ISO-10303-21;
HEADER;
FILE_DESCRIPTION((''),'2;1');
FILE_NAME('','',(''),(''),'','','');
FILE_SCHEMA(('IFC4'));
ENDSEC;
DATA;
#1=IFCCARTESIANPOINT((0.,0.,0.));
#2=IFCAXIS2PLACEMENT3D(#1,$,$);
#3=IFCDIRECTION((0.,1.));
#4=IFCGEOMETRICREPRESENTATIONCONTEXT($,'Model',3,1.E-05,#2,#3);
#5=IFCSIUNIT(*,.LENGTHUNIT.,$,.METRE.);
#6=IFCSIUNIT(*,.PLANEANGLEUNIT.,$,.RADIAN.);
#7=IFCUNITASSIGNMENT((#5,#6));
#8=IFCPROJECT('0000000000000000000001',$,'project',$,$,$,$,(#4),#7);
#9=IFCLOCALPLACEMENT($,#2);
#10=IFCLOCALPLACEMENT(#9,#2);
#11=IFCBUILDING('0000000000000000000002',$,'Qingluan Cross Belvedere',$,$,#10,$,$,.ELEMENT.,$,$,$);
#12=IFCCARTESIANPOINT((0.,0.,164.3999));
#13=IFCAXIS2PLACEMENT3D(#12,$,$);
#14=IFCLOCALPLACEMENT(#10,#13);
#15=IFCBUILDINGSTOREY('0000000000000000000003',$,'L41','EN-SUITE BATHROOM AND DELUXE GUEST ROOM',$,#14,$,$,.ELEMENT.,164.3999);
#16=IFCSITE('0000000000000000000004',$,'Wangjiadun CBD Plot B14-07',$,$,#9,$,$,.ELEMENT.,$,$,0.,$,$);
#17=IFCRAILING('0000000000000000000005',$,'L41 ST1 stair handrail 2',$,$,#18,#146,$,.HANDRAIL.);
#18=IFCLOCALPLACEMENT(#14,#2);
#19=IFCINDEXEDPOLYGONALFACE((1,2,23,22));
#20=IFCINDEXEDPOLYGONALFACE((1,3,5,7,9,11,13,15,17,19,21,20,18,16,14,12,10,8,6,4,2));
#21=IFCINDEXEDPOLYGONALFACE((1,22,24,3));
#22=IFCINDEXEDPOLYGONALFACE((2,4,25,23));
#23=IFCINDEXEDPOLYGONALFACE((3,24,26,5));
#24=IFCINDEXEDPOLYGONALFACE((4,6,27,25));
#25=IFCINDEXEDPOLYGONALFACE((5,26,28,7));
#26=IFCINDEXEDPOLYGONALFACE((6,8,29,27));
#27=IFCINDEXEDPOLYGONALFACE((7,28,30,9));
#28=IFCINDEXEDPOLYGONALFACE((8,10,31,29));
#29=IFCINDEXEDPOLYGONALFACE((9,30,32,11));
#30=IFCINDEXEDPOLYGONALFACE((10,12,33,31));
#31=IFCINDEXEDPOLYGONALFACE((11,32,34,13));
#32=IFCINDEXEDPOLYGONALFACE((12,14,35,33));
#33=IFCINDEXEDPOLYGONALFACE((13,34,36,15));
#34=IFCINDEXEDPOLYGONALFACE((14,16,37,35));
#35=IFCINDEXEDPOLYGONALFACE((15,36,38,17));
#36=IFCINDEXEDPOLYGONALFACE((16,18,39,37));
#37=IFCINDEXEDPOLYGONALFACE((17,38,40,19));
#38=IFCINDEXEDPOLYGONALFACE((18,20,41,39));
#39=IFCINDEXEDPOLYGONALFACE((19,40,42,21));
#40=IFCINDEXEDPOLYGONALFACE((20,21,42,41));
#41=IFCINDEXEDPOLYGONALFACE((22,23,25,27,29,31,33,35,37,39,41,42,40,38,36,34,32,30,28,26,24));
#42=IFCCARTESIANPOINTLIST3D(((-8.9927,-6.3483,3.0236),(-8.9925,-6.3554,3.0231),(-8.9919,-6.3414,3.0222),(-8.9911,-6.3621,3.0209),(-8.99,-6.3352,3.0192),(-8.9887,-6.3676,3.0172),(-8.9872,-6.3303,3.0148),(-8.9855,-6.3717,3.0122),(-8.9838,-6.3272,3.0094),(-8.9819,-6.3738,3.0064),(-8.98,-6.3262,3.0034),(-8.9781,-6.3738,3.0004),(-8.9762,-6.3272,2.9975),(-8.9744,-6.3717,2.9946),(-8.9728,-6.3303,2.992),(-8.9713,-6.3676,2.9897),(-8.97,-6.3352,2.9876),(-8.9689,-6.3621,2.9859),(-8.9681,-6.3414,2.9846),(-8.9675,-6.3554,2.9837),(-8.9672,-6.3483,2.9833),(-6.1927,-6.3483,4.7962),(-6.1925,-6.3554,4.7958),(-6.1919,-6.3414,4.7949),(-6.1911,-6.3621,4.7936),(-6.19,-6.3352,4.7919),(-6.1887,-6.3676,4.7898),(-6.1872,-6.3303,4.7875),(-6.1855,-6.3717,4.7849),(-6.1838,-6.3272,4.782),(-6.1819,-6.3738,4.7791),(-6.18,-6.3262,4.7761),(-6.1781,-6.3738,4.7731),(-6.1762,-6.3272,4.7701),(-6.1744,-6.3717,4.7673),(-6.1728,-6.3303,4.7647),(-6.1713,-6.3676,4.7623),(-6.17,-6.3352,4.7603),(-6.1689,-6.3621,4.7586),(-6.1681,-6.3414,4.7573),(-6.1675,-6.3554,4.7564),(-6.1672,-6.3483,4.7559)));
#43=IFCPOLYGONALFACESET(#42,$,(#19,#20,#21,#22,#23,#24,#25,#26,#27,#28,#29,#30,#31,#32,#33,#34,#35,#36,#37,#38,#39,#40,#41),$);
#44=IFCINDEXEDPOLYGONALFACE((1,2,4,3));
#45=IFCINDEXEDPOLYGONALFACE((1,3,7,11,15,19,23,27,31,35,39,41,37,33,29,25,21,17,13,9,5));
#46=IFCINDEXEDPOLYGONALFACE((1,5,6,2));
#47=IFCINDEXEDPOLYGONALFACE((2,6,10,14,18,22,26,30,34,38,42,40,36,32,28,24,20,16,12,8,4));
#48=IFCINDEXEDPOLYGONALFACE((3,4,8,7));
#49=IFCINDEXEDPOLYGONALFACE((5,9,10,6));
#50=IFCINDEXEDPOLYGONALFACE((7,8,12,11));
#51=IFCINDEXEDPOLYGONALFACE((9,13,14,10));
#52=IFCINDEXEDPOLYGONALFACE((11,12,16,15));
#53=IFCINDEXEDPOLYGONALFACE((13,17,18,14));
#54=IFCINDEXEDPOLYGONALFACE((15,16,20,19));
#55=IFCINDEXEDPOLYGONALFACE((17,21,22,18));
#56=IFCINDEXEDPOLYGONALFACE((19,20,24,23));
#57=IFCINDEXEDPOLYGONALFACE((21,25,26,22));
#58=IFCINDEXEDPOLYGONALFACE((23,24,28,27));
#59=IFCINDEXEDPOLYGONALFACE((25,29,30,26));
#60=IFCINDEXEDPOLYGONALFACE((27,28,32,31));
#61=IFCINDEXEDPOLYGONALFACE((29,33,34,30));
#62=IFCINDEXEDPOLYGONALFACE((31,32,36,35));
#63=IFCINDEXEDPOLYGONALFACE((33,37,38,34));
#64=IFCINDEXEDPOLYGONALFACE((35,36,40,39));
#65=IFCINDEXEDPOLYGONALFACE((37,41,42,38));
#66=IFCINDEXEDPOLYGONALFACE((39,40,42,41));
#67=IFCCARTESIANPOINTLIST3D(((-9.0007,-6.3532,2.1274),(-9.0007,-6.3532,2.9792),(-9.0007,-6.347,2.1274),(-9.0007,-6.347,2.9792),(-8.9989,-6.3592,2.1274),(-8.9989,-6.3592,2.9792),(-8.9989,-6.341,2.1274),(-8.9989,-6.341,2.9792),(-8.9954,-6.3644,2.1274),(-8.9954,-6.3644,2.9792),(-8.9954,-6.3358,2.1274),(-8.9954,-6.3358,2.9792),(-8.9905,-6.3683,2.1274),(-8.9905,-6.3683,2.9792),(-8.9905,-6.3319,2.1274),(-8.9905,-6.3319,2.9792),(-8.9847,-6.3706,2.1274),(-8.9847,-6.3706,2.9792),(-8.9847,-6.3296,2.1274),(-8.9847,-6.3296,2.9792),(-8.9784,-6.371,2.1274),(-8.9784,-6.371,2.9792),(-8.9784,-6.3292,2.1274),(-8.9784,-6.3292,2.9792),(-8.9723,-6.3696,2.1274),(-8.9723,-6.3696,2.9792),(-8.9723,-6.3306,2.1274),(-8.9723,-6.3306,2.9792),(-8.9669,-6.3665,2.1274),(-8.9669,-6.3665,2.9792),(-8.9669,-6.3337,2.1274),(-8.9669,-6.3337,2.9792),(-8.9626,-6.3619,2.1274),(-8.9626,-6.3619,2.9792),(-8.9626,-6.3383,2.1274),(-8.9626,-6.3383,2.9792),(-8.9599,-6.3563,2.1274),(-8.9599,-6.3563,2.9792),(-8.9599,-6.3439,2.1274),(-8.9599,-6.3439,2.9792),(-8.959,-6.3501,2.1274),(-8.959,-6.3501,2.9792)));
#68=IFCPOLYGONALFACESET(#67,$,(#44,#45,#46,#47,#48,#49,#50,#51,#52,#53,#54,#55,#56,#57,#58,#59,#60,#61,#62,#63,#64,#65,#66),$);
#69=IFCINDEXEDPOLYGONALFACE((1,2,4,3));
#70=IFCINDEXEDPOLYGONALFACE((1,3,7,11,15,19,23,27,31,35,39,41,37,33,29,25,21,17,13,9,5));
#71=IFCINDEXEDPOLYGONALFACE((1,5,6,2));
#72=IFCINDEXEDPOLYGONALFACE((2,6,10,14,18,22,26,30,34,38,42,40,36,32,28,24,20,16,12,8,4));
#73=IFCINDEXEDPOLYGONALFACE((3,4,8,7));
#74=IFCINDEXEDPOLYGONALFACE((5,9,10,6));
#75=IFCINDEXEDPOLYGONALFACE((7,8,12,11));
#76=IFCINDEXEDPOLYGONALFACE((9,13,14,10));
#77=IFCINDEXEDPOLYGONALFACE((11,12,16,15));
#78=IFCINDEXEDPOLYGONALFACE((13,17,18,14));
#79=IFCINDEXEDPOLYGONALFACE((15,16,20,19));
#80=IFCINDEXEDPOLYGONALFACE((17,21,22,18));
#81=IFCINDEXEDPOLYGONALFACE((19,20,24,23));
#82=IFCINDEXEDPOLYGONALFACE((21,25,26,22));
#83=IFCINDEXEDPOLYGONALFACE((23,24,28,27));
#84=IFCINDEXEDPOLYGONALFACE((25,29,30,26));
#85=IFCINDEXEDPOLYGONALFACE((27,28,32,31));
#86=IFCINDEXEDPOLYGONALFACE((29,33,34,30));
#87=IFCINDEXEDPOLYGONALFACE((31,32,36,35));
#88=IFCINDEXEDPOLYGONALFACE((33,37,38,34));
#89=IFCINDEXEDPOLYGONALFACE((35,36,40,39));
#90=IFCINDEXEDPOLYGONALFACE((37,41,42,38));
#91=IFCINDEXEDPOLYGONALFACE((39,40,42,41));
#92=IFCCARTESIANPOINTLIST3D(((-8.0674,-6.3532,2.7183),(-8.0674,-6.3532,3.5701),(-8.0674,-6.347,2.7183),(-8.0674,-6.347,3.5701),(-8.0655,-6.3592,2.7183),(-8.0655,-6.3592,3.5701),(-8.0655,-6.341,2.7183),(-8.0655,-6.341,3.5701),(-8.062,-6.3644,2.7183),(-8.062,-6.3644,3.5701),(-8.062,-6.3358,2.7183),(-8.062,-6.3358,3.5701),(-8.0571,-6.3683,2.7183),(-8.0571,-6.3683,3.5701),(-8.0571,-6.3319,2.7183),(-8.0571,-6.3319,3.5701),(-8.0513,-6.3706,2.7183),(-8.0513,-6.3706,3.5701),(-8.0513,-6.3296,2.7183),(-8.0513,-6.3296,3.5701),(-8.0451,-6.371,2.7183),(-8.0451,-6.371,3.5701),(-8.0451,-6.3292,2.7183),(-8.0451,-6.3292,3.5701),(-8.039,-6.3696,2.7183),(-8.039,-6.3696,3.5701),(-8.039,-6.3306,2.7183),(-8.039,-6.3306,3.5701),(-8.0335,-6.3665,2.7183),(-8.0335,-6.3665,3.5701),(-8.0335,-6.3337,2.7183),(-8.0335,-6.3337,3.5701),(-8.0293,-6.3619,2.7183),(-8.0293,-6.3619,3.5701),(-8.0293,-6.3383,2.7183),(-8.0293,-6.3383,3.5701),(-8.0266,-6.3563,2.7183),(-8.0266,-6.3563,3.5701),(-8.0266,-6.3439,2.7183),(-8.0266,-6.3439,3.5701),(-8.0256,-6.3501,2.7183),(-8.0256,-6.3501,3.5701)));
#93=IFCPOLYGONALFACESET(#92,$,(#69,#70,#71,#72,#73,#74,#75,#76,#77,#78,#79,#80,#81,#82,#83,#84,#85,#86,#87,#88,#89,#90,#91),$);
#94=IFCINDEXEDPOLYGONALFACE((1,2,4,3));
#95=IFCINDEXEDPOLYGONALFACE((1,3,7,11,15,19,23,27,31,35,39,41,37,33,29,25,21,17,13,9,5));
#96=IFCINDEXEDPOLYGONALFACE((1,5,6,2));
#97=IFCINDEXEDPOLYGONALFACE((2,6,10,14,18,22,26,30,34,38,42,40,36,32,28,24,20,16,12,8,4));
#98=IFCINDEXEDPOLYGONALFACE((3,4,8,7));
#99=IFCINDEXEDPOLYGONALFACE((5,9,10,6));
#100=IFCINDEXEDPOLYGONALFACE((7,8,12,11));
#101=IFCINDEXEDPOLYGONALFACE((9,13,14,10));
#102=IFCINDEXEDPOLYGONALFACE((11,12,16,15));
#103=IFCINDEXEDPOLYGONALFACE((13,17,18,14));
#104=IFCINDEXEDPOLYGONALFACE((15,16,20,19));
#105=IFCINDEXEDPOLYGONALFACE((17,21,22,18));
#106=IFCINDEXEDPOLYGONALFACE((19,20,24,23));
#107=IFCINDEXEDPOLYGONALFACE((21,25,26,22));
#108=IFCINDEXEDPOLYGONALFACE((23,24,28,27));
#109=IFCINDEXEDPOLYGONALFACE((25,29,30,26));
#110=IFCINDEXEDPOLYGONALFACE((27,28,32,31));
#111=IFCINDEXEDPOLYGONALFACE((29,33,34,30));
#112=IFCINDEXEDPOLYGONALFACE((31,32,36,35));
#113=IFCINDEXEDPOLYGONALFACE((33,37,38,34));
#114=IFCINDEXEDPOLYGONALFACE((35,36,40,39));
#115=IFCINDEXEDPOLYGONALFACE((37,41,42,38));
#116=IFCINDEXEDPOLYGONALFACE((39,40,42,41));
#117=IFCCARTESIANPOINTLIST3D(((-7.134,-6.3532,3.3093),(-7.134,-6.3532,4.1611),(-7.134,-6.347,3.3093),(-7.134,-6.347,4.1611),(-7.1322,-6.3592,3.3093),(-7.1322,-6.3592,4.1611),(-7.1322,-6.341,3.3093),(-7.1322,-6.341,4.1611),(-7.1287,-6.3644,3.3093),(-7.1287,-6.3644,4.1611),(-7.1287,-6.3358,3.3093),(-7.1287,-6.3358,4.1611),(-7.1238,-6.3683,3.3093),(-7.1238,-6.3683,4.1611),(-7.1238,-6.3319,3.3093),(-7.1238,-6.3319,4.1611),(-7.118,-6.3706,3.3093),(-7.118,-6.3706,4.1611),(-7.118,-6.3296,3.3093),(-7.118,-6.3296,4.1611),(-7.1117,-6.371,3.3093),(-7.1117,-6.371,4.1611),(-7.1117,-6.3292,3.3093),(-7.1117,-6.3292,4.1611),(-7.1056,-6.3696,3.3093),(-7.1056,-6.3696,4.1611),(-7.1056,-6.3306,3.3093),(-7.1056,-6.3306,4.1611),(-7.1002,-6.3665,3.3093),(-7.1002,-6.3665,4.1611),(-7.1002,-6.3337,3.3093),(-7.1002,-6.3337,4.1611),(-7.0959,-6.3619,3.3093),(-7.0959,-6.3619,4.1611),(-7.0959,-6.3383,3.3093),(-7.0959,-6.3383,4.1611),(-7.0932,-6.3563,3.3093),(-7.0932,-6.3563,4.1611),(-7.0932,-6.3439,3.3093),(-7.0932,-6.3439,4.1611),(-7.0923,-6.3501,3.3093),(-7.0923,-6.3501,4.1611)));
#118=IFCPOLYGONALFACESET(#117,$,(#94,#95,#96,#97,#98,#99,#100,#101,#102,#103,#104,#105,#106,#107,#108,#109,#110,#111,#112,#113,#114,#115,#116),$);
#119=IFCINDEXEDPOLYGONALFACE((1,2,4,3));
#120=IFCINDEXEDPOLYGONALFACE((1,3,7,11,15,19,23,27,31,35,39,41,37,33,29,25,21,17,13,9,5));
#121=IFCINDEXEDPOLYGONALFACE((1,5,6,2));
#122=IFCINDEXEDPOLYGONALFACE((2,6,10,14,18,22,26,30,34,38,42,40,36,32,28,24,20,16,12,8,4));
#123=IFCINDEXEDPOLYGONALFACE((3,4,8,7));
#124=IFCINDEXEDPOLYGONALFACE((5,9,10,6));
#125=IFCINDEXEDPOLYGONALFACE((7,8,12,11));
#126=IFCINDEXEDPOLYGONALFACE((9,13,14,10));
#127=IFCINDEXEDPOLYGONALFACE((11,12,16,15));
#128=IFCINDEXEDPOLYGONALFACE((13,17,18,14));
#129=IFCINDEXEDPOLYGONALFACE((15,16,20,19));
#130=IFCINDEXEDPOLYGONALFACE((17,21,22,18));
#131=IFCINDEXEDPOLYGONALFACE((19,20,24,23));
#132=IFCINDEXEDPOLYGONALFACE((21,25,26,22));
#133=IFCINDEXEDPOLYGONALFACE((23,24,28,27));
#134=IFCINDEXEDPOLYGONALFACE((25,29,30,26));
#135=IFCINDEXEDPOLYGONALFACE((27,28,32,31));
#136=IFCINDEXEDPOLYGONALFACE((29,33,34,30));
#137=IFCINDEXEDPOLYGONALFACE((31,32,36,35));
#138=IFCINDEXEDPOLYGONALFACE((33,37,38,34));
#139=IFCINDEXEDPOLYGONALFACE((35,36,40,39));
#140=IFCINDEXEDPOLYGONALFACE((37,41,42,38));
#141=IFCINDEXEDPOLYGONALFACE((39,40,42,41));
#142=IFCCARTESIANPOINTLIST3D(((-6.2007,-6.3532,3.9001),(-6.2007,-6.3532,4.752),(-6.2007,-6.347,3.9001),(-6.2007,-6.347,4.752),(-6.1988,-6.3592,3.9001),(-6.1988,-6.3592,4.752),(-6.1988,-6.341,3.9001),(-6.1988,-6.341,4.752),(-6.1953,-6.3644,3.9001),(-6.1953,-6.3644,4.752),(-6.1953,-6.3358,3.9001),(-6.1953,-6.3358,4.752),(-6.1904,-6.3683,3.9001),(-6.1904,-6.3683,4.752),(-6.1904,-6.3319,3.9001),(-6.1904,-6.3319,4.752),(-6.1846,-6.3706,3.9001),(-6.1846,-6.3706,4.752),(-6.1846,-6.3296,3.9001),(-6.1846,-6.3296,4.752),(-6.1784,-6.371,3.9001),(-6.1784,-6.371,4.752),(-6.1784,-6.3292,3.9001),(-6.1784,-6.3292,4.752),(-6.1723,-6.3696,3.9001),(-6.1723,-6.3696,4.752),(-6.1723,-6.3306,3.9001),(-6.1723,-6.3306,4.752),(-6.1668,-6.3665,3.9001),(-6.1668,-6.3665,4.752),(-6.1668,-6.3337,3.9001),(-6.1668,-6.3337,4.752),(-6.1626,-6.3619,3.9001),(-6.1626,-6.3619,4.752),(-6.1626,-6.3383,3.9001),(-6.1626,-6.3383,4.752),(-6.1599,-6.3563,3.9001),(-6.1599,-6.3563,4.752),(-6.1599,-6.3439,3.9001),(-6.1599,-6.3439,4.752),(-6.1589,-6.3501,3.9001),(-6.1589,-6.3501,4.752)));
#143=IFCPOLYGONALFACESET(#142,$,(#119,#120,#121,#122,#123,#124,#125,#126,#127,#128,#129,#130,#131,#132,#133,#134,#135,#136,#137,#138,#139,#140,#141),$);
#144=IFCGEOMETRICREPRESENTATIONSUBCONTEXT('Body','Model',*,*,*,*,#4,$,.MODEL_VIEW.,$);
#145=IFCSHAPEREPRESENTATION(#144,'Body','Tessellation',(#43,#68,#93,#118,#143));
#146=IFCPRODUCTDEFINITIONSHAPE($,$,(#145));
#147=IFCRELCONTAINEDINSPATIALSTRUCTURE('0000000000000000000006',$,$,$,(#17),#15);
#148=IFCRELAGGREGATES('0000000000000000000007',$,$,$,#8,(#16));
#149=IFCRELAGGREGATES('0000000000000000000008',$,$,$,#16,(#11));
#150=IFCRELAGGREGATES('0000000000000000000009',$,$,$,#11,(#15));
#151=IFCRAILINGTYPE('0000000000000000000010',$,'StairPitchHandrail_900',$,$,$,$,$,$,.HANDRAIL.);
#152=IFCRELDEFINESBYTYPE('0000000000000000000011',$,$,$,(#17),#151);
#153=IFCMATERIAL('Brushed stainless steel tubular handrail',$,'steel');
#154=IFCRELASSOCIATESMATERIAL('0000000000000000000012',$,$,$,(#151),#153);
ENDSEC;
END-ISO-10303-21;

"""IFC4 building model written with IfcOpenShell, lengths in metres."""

from ifc_helpers import new_model, si_unit, direction, frame, origin, origin_2d, place, context, subcontext, project, spatial, circle, extrude, material, type_object, element, save


model = new_model("IFC4")

# Units and contexts
model_context = context("Model", 3, precision=1e-05, world=origin(), true_north=direction((0.0, 1.0)))
body_context = subcontext(model_context, "Body", "Model", "MODEL_VIEW")
ifc_project = project(units=[si_unit("LENGTHUNIT", "METRE"), si_unit("PLANEANGLEUNIT", "RADIAN")], contexts=[model_context])

# Site, building, storey
site_placement = place(None, origin())
site = spatial("IfcSite", under=ifc_project, at=site_placement, Name="Wangjiadun CBD Plot B14-07", CompositionType="ELEMENT", RefElevation=0.0)
building_placement = place(site_placement, origin())
building = spatial("IfcBuilding", under=site, at=building_placement, Name="Qingluan Cross Belvedere", CompositionType="ELEMENT")
storey_placement = place(building_placement, frame((0.0, 0.0, 164.3999)))
storey = spatial("IfcBuildingStorey", under=building, at=storey_placement, Name="L41", Description="EN-SUITE BATHROOM AND DELUXE GUEST ROOM", CompositionType="ELEMENT", Elevation=164.3999)

# Railing
ifc_material_1 = material(Name="Brushed stainless steel tubular handrail", Category="steel")
railing_type_1 = type_object("IfcRailingType", Name="StairPitchHandrail_900", PredefinedType="HANDRAIL", material=ifc_material_1)
railing_1_placement = place(storey_placement, frame((-8.98, -6.3501, 2.1274)))
element("IfcRailing", 1, at=railing_1_placement, inside=storey, type_object=railing_type_1, Name="L41 ST1 stair handrail 2", PredefinedType="HANDRAIL", context=body_context, shape_type="SweptSolid", body=[
    extrude(circle(Radius=0.0239, at=origin_2d()), frame((0.0, 0.0, 0.876), z_axis=(0.844909, 0.0, 0.53491), x_axis=(0.0, 1.0, 0.0)), (0.0, 0.0, 1.0), 3.314),
    extrude(circle(Radius=0.021, at=origin_2d()), origin(), (0.0, 0.0, 1.0), 0.8518),
    extrude(circle(Radius=0.021, at=origin_2d()), frame((0.9333, 0.0, 0.5908)), (0.0, 0.0, 1.0), 0.8518),
    extrude(circle(Radius=0.021, at=origin_2d()), frame((1.8667, 0.0, 1.1819)), (0.0, 0.0, 1.0), 0.8518),
    extrude(circle(Radius=0.021, at=origin_2d()), frame((2.8, 0.0, 1.7727)), (0.0, 0.0, 1.0), 0.8518),
])

save(model, "model.ifc")
